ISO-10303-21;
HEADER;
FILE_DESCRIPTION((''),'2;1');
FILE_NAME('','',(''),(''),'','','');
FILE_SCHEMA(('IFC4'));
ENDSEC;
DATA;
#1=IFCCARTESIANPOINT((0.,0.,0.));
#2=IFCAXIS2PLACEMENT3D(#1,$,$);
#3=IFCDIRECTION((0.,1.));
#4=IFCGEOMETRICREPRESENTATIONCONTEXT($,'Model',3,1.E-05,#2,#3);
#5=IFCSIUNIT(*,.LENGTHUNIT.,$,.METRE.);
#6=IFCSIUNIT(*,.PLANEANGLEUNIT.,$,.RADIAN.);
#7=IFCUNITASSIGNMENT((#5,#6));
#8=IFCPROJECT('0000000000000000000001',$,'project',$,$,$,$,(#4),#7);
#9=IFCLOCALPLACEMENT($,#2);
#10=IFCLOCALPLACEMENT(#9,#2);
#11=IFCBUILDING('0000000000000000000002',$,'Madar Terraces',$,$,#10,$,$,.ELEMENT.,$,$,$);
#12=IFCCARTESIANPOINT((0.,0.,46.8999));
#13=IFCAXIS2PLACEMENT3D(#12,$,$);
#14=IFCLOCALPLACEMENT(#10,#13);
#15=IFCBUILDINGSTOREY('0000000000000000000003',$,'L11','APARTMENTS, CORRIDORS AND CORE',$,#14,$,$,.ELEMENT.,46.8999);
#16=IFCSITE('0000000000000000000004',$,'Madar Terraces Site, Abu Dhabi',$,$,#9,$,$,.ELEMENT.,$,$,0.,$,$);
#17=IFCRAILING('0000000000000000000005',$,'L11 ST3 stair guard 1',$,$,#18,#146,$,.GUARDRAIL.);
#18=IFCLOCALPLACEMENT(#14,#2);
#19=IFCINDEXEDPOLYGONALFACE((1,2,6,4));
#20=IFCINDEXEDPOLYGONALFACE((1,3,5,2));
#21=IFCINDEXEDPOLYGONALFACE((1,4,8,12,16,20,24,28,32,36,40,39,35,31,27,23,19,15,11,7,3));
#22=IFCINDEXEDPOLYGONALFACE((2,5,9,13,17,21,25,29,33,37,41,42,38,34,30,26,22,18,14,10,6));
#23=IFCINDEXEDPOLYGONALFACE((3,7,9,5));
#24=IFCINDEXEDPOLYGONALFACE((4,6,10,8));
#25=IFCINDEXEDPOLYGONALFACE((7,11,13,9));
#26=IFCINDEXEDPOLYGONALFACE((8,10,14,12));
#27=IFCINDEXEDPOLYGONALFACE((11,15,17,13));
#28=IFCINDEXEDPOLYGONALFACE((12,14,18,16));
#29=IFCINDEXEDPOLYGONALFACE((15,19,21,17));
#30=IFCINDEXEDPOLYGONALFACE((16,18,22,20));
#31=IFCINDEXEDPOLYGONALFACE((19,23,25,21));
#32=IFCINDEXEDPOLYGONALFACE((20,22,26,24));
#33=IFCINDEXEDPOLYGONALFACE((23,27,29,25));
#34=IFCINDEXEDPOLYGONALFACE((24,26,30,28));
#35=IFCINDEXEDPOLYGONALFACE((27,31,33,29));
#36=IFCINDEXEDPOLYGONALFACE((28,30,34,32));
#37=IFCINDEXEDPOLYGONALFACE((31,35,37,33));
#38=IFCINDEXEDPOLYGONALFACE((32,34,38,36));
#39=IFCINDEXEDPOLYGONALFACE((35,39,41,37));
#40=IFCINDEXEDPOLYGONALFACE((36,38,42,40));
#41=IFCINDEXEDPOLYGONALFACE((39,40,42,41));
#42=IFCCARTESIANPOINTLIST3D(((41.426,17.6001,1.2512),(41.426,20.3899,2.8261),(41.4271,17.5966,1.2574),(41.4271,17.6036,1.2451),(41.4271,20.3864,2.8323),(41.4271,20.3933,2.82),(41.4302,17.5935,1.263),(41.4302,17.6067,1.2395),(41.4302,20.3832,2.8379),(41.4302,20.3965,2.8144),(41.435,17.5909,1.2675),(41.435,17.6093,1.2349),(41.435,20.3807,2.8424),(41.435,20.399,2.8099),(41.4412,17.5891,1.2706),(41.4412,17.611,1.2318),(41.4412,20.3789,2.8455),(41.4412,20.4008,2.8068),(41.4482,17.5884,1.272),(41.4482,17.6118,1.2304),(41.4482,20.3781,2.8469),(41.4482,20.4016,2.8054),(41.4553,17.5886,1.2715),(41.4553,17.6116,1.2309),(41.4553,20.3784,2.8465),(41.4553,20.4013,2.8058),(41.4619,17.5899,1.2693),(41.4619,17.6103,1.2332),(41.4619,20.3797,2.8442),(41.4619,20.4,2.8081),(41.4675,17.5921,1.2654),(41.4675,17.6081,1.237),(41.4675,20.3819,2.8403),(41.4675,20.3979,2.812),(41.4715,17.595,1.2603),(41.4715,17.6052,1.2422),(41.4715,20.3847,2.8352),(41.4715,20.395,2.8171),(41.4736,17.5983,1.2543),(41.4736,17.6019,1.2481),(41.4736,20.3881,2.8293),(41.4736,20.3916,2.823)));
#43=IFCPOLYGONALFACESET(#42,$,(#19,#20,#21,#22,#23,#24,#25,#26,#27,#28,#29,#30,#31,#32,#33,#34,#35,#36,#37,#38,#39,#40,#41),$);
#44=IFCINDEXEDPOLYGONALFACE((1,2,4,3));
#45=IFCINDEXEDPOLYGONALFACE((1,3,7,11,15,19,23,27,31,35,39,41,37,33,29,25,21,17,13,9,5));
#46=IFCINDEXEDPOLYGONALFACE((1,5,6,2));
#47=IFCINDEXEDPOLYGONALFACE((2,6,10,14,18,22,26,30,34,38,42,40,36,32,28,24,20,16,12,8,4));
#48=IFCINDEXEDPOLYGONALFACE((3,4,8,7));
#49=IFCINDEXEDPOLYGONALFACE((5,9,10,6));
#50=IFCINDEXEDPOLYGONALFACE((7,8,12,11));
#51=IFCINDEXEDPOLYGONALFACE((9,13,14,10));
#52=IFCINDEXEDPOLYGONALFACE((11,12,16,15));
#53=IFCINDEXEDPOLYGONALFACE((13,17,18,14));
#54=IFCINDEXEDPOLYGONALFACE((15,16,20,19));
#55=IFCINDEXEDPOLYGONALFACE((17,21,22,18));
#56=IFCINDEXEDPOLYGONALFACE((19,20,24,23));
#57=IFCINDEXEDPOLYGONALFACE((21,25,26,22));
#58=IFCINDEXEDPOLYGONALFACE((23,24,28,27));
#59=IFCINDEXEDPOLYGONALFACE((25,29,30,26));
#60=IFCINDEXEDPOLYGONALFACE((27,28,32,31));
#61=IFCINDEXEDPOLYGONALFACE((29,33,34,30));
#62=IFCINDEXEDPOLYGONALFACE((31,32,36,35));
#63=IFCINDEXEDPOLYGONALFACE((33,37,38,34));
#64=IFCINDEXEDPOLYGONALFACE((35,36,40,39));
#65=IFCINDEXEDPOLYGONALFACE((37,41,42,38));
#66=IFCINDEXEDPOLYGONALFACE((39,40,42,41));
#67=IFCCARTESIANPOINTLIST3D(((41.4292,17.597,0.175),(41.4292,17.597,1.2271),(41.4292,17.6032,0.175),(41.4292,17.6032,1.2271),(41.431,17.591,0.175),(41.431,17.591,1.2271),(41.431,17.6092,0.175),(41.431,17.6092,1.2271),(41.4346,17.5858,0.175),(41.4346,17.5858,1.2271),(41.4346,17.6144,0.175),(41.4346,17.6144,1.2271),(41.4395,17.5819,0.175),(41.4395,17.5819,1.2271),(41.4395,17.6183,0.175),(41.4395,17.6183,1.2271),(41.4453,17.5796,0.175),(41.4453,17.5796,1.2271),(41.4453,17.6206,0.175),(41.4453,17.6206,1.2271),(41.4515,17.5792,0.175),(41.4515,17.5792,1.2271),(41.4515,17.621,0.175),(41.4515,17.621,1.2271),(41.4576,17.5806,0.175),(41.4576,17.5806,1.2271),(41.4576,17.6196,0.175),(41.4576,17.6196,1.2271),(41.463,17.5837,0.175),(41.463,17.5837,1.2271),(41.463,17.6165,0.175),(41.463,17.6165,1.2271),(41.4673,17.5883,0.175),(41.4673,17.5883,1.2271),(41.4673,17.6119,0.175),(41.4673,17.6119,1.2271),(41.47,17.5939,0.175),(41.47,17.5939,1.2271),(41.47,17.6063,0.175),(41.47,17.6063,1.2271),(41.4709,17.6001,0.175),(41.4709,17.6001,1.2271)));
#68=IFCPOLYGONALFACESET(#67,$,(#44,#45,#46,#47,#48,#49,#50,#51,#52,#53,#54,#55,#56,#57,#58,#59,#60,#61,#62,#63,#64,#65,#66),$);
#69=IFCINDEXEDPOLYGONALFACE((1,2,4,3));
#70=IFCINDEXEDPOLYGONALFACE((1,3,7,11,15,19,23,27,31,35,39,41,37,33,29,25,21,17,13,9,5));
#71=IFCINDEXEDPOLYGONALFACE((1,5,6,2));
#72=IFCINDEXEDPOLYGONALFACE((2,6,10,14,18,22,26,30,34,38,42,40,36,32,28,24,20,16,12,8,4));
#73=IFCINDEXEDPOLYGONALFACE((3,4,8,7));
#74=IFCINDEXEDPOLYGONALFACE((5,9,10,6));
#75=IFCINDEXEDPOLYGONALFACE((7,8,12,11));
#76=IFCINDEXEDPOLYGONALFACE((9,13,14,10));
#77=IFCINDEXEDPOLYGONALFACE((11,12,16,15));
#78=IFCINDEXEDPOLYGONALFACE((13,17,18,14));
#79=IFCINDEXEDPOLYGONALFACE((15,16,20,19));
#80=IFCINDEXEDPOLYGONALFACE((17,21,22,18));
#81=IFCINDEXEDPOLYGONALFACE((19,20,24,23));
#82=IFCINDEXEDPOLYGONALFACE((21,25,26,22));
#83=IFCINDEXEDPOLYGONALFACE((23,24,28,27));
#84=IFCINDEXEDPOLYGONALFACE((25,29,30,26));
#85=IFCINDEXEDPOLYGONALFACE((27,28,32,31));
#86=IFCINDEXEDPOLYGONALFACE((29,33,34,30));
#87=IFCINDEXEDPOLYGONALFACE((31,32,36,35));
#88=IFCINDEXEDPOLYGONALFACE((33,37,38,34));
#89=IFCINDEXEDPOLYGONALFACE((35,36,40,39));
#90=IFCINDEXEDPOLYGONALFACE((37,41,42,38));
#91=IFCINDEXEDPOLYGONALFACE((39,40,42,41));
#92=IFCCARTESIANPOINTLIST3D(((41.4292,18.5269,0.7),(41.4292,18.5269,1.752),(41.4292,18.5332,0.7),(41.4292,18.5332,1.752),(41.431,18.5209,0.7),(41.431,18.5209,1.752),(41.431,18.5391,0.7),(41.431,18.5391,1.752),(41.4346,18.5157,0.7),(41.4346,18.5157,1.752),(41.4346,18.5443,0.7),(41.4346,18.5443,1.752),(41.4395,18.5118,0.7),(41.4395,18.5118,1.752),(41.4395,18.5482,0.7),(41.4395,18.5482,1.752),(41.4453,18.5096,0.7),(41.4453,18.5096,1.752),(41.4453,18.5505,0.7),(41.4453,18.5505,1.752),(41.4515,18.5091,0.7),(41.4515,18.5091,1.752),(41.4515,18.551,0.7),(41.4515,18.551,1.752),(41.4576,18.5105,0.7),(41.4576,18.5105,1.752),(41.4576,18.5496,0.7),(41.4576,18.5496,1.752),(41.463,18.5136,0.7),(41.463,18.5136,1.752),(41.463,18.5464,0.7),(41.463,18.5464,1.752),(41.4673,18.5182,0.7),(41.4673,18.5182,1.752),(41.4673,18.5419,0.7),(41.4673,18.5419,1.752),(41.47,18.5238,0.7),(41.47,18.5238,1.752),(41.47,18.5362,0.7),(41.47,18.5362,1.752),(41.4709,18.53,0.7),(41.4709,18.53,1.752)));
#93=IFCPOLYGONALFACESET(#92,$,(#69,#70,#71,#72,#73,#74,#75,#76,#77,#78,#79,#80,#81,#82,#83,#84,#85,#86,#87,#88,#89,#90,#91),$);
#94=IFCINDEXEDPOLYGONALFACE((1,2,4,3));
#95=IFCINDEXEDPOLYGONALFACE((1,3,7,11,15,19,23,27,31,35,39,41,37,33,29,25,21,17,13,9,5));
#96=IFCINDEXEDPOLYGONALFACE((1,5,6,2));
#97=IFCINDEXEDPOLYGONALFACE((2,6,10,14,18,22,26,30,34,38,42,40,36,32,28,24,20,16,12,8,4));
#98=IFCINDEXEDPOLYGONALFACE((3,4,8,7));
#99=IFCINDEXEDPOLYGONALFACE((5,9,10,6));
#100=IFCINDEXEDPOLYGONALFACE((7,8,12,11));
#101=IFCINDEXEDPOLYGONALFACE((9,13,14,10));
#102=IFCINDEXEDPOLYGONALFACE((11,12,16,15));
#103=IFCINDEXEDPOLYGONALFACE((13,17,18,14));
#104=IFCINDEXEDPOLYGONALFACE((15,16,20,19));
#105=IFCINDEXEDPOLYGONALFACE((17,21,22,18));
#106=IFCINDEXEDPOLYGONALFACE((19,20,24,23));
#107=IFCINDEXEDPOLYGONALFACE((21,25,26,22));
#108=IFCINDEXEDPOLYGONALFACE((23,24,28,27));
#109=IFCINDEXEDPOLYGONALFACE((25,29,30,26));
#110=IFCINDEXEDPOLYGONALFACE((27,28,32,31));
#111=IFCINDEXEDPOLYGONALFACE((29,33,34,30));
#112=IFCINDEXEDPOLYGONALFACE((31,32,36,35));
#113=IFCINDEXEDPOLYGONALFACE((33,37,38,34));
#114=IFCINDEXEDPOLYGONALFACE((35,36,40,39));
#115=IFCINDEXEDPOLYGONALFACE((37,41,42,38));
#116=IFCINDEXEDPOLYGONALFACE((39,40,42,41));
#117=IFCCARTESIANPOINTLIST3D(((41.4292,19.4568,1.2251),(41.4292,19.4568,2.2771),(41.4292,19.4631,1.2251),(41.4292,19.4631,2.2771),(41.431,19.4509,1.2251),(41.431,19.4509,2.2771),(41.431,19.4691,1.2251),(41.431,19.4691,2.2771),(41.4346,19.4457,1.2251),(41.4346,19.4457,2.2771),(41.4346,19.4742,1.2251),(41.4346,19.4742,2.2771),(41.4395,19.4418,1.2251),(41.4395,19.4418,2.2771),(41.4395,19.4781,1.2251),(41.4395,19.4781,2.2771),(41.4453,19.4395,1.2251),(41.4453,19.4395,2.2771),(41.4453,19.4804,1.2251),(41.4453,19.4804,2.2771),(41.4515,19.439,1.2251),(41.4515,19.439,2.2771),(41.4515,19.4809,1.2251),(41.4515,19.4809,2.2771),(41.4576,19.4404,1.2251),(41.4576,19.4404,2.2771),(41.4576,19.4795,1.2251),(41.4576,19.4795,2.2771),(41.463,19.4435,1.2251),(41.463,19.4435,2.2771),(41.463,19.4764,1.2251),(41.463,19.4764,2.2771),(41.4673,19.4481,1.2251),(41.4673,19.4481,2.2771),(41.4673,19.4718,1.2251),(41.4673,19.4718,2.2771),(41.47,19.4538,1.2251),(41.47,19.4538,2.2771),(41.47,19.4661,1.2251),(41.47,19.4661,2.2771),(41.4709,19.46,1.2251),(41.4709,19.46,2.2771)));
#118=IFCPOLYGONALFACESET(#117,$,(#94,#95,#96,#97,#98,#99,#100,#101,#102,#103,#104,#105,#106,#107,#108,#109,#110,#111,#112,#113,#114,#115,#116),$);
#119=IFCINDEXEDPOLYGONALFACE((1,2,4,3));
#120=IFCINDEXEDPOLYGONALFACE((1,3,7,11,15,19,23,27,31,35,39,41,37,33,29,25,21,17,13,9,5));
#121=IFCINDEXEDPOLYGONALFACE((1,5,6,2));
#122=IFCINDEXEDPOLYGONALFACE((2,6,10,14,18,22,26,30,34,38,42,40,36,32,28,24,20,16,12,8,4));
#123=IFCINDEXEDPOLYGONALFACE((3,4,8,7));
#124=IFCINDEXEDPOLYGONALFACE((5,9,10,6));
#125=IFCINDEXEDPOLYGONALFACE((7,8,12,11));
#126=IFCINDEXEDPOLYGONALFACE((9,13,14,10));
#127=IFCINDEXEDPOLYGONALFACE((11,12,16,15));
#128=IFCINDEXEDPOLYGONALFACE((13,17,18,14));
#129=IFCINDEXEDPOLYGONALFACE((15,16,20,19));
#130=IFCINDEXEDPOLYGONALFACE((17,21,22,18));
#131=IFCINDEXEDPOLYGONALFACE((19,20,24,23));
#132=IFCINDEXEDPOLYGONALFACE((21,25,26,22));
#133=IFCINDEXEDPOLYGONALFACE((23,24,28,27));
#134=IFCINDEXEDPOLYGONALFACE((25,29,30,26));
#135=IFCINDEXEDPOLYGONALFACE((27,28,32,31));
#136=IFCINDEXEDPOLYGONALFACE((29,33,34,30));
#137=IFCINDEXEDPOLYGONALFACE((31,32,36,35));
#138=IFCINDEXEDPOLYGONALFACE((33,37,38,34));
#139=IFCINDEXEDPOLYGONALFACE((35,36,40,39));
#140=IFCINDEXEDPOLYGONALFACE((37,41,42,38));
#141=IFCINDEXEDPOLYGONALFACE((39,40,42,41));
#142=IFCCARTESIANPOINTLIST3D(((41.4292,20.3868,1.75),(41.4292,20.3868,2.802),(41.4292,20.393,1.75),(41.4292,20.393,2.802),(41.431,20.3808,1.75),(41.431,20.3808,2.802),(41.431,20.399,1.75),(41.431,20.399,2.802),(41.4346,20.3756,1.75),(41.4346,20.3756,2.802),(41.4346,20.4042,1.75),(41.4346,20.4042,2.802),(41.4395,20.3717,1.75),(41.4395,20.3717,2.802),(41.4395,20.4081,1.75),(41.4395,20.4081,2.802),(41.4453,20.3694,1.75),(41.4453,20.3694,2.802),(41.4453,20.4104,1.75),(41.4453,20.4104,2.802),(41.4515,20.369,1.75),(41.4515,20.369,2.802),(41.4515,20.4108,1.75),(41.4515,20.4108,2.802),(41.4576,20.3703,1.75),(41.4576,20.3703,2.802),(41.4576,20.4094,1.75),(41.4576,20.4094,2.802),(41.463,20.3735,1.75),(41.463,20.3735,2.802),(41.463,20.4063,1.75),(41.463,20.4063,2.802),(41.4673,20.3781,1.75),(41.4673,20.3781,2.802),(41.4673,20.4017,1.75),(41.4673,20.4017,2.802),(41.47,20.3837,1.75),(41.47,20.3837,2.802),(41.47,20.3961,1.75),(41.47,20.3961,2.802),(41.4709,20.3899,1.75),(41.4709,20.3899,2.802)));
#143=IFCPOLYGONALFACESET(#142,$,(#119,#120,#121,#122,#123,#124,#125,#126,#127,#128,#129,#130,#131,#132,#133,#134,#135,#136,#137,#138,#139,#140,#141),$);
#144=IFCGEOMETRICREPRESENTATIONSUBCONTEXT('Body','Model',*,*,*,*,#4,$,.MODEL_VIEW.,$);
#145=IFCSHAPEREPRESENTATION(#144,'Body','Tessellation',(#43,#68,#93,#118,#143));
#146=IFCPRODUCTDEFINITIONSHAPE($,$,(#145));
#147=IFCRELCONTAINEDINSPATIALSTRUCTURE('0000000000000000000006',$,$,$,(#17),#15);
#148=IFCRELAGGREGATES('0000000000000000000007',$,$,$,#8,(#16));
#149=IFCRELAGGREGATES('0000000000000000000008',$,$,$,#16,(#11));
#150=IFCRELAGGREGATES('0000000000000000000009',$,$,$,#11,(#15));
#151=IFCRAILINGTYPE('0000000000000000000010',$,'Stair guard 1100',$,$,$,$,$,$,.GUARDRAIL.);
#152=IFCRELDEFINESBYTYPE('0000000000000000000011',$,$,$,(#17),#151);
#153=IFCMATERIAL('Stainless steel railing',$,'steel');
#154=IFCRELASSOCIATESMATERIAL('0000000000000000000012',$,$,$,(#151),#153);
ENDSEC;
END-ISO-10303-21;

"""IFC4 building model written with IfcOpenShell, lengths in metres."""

from ifc_helpers import new_model, si_unit, direction, frame, origin, origin_2d, place, context, subcontext, project, spatial, circle, extrude, material, type_object, element, save


model = new_model("IFC4")

# Units and contexts
model_context = context("Model", 3, precision=1e-05, world=origin(), true_north=direction((0.0, 1.0)))
body_context = subcontext(model_context, "Body", "Model", "MODEL_VIEW")
ifc_project = project(units=[si_unit("LENGTHUNIT", "METRE"), si_unit("PLANEANGLEUNIT", "RADIAN")], contexts=[model_context])

# Site, building, storey
site_placement = place(None, origin())
site = spatial("IfcSite", under=ifc_project, at=site_placement, Name="Madar Terraces Site, Abu Dhabi", CompositionType="ELEMENT", RefElevation=0.0)
building_placement = place(site_placement, origin())
building = spatial("IfcBuilding", under=site, at=building_placement, Name="Madar Terraces", CompositionType="ELEMENT")
storey_placement = place(building_placement, frame((0.0, 0.0, 46.8999)))
storey = spatial("IfcBuildingStorey", under=building, at=storey_placement, Name="L11", Description="APARTMENTS, CORRIDORS AND CORE", CompositionType="ELEMENT", Elevation=46.8999)

# Railing
ifc_material_1 = material(Name="Stainless steel railing", Category="steel")
railing_type_1 = type_object("IfcRailingType", Name="Stair guard 1100", PredefinedType="GUARDRAIL", material=ifc_material_1)
railing_1_placement = place(storey_placement, frame((41.45, 17.6001, 0.175)))
element("IfcRailing", 1, at=railing_1_placement, inside=storey, type_object=railing_type_1, Name="L11 ST3 stair guard 1", PredefinedType="GUARDRAIL", context=body_context, shape_type="SweptSolid", body=[
    extrude(circle(Radius=0.0239, at=origin_2d()), frame((0.0, 0.0, 1.0762), z_axis=(0.0, 0.870815, 0.49161), x_axis=(-1.0, 0.0, 0.0)), (0.0, 0.0, 1.0), 3.2036),
    extrude(circle(Radius=0.021, at=origin_2d()), origin(), (0.0, 0.0, 1.0), 1.052),
    extrude(circle(Radius=0.021, at=origin_2d()), frame((0.0, 0.9299, 0.5249)), (0.0, 0.0, 1.0), 1.052),
    extrude(circle(Radius=0.021, at=origin_2d()), frame((0.0, 1.8599, 1.05)), (0.0, 0.0, 1.0), 1.052),
    extrude(circle(Radius=0.021, at=origin_2d()), frame((0.0, 2.7898, 1.575)), (0.0, 0.0, 1.0), 1.052),
])

save(model, "model.ifc")
